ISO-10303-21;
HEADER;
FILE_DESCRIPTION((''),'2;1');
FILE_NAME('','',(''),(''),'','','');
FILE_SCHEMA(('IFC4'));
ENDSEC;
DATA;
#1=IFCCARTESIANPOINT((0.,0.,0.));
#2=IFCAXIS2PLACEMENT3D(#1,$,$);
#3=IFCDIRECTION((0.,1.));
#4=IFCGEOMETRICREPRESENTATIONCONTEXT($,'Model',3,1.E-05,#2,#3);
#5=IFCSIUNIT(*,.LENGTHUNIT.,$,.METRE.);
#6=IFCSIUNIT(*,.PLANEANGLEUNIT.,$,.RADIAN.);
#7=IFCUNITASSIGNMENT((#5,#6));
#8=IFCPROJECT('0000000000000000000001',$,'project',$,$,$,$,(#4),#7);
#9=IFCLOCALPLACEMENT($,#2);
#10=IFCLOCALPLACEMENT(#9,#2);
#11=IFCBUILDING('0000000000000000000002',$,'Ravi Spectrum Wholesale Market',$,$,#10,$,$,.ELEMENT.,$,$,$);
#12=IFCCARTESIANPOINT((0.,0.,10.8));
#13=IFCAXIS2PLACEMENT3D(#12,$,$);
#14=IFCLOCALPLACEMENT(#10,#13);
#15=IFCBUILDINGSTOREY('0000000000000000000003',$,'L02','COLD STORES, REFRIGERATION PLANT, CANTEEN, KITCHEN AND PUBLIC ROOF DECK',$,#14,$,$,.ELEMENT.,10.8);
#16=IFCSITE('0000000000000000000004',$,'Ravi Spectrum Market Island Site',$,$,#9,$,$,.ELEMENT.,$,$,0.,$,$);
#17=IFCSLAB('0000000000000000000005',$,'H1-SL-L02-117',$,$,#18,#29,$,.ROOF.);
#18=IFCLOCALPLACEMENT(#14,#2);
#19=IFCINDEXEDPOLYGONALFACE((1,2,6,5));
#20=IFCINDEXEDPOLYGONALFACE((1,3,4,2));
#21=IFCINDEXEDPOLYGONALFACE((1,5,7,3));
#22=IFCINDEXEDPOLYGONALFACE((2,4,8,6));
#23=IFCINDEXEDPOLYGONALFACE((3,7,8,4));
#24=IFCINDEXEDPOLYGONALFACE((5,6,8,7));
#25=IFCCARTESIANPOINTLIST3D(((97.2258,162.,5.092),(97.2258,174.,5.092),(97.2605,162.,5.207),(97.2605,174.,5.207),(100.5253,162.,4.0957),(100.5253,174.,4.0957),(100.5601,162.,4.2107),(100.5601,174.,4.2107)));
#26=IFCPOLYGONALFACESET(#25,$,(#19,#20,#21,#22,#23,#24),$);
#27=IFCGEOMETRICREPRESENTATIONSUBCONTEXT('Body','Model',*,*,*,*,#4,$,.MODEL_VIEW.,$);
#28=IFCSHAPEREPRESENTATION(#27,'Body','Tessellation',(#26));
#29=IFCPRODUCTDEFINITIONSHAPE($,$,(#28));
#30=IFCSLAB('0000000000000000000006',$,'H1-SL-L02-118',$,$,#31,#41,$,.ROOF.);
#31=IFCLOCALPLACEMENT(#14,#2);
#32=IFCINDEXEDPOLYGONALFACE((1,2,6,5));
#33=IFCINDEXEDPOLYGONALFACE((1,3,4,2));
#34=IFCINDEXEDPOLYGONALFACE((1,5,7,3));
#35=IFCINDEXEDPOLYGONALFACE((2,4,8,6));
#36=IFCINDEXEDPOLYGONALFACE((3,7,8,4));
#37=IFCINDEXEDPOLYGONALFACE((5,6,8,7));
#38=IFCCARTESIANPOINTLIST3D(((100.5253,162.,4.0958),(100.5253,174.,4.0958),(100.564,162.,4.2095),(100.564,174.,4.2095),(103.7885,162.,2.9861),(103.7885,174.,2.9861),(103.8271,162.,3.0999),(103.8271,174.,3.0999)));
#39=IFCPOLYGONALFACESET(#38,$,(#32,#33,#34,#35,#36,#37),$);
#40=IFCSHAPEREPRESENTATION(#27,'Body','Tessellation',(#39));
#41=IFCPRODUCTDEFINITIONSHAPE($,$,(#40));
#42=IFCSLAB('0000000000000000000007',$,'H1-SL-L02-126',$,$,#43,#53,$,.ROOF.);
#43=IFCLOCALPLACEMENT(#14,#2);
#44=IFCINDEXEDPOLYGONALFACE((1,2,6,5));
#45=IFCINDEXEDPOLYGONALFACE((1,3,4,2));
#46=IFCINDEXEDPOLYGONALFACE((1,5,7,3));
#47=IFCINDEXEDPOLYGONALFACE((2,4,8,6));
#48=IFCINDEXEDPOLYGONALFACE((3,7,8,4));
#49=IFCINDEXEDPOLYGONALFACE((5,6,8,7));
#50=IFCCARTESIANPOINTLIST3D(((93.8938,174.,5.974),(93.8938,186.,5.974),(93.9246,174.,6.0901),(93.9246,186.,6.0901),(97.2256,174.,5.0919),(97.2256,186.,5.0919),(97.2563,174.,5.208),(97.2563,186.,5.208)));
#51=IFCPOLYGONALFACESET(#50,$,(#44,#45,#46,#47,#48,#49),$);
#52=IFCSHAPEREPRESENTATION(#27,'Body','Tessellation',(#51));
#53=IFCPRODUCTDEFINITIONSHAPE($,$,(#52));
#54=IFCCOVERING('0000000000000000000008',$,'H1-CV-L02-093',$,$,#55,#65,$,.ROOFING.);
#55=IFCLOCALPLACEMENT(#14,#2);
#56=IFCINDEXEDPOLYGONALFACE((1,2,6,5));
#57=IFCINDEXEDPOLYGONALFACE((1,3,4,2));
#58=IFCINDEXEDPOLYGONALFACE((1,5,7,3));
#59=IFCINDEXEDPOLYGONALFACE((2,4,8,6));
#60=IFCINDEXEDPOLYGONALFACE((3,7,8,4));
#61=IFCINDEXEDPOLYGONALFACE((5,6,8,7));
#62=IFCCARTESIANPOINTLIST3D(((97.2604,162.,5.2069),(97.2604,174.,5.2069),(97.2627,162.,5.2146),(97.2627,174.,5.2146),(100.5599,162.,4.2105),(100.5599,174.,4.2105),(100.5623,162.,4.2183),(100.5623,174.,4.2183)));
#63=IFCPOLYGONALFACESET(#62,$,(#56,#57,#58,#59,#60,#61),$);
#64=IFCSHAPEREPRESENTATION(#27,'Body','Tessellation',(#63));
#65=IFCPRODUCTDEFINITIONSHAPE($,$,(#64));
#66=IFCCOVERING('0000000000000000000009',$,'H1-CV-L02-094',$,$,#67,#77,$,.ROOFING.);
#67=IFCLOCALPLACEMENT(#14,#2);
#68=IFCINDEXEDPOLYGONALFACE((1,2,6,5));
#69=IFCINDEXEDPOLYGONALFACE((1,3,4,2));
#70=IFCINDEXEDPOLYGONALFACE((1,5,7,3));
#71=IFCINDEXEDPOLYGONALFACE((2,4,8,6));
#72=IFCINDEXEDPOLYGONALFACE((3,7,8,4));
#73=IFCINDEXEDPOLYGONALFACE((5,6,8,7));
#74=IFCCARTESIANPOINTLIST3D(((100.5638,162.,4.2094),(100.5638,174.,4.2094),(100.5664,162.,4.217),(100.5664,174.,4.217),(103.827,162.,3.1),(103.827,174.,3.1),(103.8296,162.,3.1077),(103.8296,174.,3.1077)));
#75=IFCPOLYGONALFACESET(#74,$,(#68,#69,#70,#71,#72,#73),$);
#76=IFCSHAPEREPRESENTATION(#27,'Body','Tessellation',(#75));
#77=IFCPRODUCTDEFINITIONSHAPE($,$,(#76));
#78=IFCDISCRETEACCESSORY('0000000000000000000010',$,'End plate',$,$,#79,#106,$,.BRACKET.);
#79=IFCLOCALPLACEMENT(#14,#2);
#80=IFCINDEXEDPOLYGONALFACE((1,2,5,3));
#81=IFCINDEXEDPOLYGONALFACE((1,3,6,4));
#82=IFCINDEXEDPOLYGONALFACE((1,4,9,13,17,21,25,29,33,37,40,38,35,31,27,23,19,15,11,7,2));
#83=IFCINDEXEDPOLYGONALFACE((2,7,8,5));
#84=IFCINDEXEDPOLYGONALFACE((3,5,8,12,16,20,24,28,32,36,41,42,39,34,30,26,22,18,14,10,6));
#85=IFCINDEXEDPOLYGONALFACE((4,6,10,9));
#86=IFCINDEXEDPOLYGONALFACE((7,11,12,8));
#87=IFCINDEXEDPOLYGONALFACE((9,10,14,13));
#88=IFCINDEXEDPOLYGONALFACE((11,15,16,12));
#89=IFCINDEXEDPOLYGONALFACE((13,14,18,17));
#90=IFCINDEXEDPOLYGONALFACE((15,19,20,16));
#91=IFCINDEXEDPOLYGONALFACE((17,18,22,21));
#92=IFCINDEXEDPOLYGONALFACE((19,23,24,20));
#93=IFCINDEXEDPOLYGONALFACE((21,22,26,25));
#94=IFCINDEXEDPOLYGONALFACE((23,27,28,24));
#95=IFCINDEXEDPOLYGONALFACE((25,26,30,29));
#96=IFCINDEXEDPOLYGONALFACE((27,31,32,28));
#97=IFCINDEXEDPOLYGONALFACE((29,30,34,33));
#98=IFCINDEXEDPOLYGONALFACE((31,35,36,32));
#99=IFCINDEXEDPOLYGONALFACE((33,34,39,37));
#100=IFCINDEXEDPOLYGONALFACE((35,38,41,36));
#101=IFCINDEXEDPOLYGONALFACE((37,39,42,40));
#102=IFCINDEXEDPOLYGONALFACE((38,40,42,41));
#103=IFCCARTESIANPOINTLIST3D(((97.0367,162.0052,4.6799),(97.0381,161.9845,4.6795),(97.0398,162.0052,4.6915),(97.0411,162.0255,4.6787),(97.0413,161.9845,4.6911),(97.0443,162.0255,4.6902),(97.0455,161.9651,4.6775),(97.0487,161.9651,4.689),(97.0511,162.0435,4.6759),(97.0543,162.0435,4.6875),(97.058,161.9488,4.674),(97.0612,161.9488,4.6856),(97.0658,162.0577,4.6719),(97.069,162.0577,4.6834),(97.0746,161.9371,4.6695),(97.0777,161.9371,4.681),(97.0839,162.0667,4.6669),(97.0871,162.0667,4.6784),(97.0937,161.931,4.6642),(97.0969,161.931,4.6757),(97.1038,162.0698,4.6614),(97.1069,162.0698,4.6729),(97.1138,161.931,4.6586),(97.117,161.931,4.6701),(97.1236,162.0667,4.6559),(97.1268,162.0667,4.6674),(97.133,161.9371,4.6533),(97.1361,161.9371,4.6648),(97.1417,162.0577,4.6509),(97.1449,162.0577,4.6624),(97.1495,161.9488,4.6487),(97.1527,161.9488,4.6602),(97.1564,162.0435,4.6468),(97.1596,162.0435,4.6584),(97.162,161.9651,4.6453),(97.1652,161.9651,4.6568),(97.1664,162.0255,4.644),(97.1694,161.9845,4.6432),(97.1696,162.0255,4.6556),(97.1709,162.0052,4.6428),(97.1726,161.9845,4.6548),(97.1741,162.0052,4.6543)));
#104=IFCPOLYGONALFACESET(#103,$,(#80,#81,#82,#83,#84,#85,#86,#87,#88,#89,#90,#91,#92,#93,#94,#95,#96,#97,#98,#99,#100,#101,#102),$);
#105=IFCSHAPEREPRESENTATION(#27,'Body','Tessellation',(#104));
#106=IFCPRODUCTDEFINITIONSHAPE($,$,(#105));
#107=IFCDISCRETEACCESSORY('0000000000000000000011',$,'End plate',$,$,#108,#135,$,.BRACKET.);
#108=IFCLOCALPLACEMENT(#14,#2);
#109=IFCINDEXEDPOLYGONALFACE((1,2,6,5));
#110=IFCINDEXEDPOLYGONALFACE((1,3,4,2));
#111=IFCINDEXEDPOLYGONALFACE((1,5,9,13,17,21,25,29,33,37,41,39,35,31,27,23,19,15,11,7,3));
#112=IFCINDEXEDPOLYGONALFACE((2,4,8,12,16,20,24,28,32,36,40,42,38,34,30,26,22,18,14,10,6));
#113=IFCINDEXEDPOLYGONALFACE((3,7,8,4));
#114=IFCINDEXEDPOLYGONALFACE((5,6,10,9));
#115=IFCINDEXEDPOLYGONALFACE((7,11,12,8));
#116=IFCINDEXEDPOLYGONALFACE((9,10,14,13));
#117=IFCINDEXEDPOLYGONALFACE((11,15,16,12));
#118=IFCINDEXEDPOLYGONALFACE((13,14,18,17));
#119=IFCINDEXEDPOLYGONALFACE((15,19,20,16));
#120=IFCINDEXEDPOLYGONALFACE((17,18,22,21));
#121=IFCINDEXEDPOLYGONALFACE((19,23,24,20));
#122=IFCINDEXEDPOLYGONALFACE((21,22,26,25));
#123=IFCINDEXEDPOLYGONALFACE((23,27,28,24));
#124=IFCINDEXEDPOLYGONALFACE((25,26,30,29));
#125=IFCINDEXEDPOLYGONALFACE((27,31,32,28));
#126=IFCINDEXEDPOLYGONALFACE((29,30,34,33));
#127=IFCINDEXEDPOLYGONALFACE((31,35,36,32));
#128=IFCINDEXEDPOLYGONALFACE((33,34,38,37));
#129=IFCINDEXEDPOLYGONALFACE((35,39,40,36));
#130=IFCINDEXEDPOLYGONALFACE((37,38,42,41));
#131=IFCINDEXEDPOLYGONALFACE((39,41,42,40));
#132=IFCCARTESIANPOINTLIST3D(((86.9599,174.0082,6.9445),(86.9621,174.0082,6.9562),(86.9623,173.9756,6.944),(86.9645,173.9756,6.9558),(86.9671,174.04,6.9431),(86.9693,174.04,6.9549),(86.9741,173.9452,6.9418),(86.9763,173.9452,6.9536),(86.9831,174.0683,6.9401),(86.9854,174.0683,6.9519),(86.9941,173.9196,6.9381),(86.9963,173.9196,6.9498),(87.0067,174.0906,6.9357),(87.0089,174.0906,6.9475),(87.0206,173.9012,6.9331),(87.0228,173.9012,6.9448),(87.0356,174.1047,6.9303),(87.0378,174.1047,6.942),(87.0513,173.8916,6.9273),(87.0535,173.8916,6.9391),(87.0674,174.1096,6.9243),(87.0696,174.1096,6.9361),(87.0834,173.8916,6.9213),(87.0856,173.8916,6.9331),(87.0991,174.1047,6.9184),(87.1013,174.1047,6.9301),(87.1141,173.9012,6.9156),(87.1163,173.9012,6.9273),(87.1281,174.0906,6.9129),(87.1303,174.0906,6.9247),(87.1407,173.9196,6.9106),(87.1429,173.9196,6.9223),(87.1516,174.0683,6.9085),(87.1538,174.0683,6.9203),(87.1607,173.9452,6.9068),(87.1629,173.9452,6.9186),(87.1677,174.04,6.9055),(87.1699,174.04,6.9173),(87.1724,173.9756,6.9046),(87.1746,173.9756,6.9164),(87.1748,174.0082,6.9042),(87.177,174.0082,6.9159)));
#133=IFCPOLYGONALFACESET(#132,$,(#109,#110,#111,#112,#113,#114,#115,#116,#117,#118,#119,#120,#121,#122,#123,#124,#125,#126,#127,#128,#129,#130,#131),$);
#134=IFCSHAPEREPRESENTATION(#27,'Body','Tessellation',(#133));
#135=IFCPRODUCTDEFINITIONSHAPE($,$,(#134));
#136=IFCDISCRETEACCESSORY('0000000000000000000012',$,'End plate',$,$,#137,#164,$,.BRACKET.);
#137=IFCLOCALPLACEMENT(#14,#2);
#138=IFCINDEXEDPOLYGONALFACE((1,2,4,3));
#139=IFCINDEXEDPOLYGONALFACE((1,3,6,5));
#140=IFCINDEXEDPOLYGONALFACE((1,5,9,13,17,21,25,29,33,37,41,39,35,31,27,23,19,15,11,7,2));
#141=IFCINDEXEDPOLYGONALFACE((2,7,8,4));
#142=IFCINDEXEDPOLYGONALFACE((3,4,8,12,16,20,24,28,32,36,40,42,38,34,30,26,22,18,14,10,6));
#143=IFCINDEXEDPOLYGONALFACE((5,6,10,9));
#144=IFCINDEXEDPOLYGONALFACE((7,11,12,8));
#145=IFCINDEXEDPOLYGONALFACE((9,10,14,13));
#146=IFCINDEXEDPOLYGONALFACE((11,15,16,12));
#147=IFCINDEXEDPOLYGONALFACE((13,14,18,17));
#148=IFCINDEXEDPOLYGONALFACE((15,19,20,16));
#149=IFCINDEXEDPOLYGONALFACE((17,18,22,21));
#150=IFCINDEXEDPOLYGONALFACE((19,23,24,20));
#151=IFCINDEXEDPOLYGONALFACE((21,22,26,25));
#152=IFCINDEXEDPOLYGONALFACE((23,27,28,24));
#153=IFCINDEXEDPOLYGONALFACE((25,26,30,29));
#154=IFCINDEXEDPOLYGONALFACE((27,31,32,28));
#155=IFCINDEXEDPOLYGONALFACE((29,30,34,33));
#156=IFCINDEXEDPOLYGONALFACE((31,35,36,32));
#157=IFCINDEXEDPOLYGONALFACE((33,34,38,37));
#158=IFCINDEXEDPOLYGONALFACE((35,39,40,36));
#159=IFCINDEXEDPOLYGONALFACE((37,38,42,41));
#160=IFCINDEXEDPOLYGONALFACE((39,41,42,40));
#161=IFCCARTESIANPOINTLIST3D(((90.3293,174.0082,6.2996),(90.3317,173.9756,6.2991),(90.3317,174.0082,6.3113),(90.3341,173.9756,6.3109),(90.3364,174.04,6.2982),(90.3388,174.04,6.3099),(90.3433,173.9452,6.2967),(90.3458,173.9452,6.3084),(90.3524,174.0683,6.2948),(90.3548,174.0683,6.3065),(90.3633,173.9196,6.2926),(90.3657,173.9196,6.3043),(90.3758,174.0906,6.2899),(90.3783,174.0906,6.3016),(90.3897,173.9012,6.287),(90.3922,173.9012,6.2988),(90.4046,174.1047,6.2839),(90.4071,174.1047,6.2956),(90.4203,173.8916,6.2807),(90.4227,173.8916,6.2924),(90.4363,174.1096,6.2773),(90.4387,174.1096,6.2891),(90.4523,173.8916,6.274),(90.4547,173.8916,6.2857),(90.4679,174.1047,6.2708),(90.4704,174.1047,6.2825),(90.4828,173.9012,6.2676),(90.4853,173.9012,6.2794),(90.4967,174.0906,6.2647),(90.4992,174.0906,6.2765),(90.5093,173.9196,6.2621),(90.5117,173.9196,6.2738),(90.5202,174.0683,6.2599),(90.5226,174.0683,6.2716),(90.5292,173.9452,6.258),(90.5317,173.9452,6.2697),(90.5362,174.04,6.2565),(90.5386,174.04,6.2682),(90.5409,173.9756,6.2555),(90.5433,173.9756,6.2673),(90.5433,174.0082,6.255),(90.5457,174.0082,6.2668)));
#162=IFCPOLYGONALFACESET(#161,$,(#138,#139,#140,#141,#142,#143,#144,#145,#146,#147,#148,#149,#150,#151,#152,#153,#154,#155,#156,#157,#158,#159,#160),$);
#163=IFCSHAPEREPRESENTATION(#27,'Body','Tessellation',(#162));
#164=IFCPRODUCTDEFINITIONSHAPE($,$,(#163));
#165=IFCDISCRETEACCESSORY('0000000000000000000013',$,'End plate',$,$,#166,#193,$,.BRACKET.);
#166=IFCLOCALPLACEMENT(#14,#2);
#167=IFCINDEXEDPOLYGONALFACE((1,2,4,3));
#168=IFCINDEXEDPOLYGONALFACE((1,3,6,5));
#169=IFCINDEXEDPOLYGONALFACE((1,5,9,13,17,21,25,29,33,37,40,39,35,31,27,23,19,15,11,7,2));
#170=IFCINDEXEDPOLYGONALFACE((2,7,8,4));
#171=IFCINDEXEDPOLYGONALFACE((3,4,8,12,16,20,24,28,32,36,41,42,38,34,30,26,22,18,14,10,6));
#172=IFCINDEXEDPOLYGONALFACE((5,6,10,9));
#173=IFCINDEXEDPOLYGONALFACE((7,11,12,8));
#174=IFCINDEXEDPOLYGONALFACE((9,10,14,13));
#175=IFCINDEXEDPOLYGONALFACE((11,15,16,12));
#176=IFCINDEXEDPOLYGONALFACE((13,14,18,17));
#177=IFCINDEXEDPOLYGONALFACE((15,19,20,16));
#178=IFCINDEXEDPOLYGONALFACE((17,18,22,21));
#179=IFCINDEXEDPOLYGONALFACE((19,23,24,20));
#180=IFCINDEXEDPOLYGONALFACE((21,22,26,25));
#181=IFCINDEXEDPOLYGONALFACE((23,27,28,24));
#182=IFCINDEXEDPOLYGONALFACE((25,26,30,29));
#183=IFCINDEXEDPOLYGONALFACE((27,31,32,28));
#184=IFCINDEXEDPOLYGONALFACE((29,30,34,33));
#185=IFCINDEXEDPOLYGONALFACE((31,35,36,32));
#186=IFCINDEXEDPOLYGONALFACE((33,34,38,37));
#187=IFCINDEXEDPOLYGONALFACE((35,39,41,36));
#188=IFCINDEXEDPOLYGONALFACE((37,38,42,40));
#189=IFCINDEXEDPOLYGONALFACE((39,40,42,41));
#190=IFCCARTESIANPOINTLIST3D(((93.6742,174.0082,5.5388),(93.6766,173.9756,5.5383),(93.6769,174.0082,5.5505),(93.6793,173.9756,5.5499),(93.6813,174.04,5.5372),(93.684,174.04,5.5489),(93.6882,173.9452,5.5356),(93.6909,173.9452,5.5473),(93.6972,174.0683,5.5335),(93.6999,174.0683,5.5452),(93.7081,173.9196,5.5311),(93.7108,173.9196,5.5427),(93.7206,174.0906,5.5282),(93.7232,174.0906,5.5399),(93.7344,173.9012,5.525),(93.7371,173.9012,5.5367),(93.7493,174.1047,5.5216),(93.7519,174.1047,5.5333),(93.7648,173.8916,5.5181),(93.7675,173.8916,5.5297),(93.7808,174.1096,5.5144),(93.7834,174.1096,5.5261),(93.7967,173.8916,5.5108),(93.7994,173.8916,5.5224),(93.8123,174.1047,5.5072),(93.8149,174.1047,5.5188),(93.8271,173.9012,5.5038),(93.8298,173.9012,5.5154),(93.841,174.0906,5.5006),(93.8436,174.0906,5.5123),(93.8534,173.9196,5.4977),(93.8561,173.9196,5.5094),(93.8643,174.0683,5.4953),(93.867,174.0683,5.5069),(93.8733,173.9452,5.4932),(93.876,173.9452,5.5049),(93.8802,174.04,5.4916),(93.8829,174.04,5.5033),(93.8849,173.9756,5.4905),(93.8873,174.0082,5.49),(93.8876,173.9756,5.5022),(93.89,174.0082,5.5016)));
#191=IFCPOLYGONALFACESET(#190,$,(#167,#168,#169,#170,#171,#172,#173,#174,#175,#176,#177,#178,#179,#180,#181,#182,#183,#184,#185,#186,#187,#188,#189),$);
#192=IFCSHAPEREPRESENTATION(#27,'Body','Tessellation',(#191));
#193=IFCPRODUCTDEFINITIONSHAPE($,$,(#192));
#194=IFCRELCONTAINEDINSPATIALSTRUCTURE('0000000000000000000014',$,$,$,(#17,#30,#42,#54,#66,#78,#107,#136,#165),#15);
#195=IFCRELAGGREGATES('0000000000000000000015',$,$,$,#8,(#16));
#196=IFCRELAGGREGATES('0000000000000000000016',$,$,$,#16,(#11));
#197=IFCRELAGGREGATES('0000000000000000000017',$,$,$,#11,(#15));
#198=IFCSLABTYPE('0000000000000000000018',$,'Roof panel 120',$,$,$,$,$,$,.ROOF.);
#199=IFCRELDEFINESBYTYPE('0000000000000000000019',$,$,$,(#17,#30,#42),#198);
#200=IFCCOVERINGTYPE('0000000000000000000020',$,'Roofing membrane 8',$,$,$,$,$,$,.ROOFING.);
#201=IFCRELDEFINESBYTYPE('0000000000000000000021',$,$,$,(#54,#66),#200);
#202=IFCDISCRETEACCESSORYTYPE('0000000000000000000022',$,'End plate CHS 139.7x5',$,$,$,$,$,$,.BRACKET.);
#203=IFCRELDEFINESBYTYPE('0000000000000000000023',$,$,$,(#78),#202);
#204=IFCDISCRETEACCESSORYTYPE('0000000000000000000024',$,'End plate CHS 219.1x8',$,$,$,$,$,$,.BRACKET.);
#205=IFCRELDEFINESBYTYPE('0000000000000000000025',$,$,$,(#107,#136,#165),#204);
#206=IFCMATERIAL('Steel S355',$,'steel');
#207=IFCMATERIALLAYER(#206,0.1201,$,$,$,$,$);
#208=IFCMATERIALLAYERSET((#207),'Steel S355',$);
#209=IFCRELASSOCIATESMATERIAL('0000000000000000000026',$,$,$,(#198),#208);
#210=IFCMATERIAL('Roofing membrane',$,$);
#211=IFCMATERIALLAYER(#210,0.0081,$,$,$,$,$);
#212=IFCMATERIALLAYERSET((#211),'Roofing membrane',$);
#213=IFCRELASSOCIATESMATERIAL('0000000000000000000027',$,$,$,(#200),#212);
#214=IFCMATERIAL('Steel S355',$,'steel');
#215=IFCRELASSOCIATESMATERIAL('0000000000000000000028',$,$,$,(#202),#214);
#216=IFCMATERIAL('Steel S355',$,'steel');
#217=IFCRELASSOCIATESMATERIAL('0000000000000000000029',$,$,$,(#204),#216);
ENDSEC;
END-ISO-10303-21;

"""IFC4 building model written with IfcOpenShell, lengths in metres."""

from ifc_helpers import new_model, si_unit, direction, frame, origin, origin_2d, place, context, subcontext, project, spatial, polyline, circle, outline, extrude, material, layer, layer_set, material_profile, profile_set, type_object, element, save


model = new_model("IFC4")

# Units and contexts
model_context = context("Model", 3, precision=1e-05, world=origin(), true_north=direction((0.0, 1.0)))
body_context = subcontext(model_context, "Body", "Model", "MODEL_VIEW")
ifc_project = project(units=[si_unit("LENGTHUNIT", "METRE"), si_unit("PLANEANGLEUNIT", "RADIAN")], contexts=[model_context])

# Site, building, storey
site_placement = place(None, origin())
site = spatial("IfcSite", under=ifc_project, at=site_placement, Name="Ravi Spectrum Market Island Site", CompositionType="ELEMENT", RefElevation=0.0)
building_placement = place(site_placement, origin())
building = spatial("IfcBuilding", under=site, at=building_placement, Name="Ravi Spectrum Wholesale Market", CompositionType="ELEMENT")
storey_placement = place(building_placement, frame((0.0, 0.0, 10.8)))
storey = spatial("IfcBuildingStorey", under=building, at=storey_placement, Name="L02", Description="COLD STORES, REFRIGERATION PLANT, CANTEEN, KITCHEN AND PUBLIC ROOF DECK", CompositionType="ELEMENT", Elevation=10.8)

# Slabs
ifc_material_1 = material(Name="Steel S355", Category="steel")
ifc_layer_1 = layer(ifc_material_1, 0.1201)
ifc_layer_set_1 = layer_set([ifc_layer_1], Name="Steel S355")
slab_type = type_object("IfcSlabType", Name="Roof panel 120", PredefinedType="ROOF", material=ifc_layer_set_1)
slab_1_placement = place(storey_placement, frame((97.2605, 162.0, 5.207), z_axis=(0.28907, 0.0, 0.957308), x_axis=(0.957308, 0.0, -0.28907)))
element("IfcSlab", 1, at=slab_1_placement, inside=storey, type_object=slab_type, Name="H1-SL-L02-117", PredefinedType="ROOF", context=body_context, shape_type="SweptSolid", body=[
    extrude(outline(polyline([(0.0, 0.0), (3.4467, 0.0), (3.4467, 12.0), (0.0, 12.0), (0.0, 0.0)])), origin(), (0.0, 0.0, -1.0), 0.1201),
])
slab_2_placement = place(storey_placement, frame((100.564, 162.0, 4.2095), z_axis=(0.321938, 0.0, 0.946761), x_axis=(0.946761, 0.0, -0.321938)))
element("IfcSlab", 2, at=slab_2_placement, inside=storey, type_object=slab_type, Name="H1-SL-L02-118", PredefinedType="ROOF", context=body_context, shape_type="SweptSolid", body=[
    extrude(outline(polyline([(0.0, 0.0), (3.4467, 0.0), (3.4467, 12.0), (0.0, 12.0), (0.0, 0.0)])), origin(), (0.0, 0.0, -1.0), 0.1201),
])
slab_3_placement = place(storey_placement, frame((93.9246, 174.0, 6.0901), z_axis=(0.25593, 0.0, 0.966695), x_axis=(0.966695, 0.0, -0.25593)))
element("IfcSlab", 3, at=slab_3_placement, inside=storey, type_object=slab_type, Name="H1-SL-L02-126", PredefinedType="ROOF", context=body_context, shape_type="SweptSolid", body=[
    extrude(outline(polyline([(0.0, 0.0), (3.4466, 0.0), (3.4466, 12.0), (0.0, 12.0), (0.0, 0.0)])), origin(), (0.0, 0.0, -1.0), 0.1201),
])

# Coverings
ifc_material_2 = material(Name="Roofing membrane")
ifc_layer_2 = layer(ifc_material_2, 0.0081)
ifc_layer_set_2 = layer_set([ifc_layer_2], Name="Roofing membrane")
covering_type = type_object("IfcCoveringType", Name="Roofing membrane 8", PredefinedType="ROOFING", material=ifc_layer_set_2)
covering_1_placement = place(storey_placement, frame((97.2627, 162.0, 5.2146), z_axis=(0.28907, 0.0, 0.957308), x_axis=(0.957308, 0.0, -0.28907)))
element("IfcCovering", 4, at=covering_1_placement, inside=storey, type_object=covering_type, Name="H1-CV-L02-093", PredefinedType="ROOFING", context=body_context, shape_type="SweptSolid", body=[
    extrude(outline(polyline([(0.0, 0.0), (3.4467, 0.0), (3.4467, 12.0), (0.0, 12.0), (0.0, 0.0)])), origin(), (0.0, 0.0, -1.0), 0.0081),
])
covering_2_placement = place(storey_placement, frame((100.5664, 162.0, 4.217), z_axis=(0.321875, 0.0, 0.946782), x_axis=(0.946782, 0.0, -0.321875)))
element("IfcCovering", 5, at=covering_2_placement, inside=storey, type_object=covering_type, Name="H1-CV-L02-094", PredefinedType="ROOFING", context=body_context, shape_type="SweptSolid", body=[
    extrude(outline(polyline([(0.0, 0.0), (3.4466, 0.0), (3.4466, 12.0), (0.0, 12.0), (0.0, 0.0)])), origin(), (0.0, 0.0, -1.0), 0.0081),
])

# Discrete accessories
ifc_material_3 = material(Name="Steel S355", Category="steel")
ifc_material_profile_1 = material_profile(ifc_material_3, circle(Radius=0.0698, at=origin_2d()))
ifc_profile_set_1 = profile_set([ifc_material_profile_1], Name="Steel S355")
discrete_accessory_type_1 = type_object("IfcDiscreteAccessoryType", Name="End plate CHS 139.7x5", PredefinedType="BRACKET", material=ifc_profile_set_1)
discrete_accessory_placement = place(storey_placement, frame((97.1038, 162.0, 4.6614), z_axis=(0.266586, 0.0, 0.963811), x_axis=(0.0, 1.0, 0.0)))
element("IfcDiscreteAccessory", 6, at=discrete_accessory_placement, inside=storey, type_object=discrete_accessory_type_1, Name="End plate", PredefinedType="BRACKET", context=body_context, shape_type="SweptSolid", body=[
    extrude(circle(Radius=0.0698, at=origin_2d()), origin(), (0.0, 0.0, 1.0), 0.012),
])
ifc_material_4 = material(Name="Steel S355", Category="steel")
ifc_material_profile_2 = material_profile(ifc_material_4, circle(Radius=0.1096, at=origin_2d()))
ifc_profile_set_2 = profile_set([ifc_material_profile_2], Name="Steel S355")
discrete_accessory_type_2 = type_object("IfcDiscreteAccessoryType", Name="End plate CHS 219.1x8", PredefinedType="BRACKET", material=ifc_profile_set_2)
for number, where, z_axis, x_axis, name in (
    (7, (87.0674, 174.0, 6.9243), (0.184289, 0.0, 0.982872), (0.0, 1.0, 0.0), "End plate"),
    (8, (90.4363, 174.0, 6.2773), (0.203954, 0.0, 0.97898), (0.0, 1.0, 0.0), "End plate"),
    (9, (93.7808, 174.0, 5.5144), (0.223376, 0.0, 0.974732), (0.0, 1.0, 0.0), "End plate"),
):
    element("IfcDiscreteAccessory", number, at=place(storey_placement, frame(where, z_axis=z_axis, x_axis=x_axis)), inside=storey, type_object=discrete_accessory_type_2, Name=name, PredefinedType="BRACKET", context=body_context, shape_type="SweptSolid", body=[
        extrude(circle(Radius=0.1096, at=origin_2d()), origin(), (0.0, 0.0, 1.0), 0.012),
    ])

save(model, "model.ifc")
